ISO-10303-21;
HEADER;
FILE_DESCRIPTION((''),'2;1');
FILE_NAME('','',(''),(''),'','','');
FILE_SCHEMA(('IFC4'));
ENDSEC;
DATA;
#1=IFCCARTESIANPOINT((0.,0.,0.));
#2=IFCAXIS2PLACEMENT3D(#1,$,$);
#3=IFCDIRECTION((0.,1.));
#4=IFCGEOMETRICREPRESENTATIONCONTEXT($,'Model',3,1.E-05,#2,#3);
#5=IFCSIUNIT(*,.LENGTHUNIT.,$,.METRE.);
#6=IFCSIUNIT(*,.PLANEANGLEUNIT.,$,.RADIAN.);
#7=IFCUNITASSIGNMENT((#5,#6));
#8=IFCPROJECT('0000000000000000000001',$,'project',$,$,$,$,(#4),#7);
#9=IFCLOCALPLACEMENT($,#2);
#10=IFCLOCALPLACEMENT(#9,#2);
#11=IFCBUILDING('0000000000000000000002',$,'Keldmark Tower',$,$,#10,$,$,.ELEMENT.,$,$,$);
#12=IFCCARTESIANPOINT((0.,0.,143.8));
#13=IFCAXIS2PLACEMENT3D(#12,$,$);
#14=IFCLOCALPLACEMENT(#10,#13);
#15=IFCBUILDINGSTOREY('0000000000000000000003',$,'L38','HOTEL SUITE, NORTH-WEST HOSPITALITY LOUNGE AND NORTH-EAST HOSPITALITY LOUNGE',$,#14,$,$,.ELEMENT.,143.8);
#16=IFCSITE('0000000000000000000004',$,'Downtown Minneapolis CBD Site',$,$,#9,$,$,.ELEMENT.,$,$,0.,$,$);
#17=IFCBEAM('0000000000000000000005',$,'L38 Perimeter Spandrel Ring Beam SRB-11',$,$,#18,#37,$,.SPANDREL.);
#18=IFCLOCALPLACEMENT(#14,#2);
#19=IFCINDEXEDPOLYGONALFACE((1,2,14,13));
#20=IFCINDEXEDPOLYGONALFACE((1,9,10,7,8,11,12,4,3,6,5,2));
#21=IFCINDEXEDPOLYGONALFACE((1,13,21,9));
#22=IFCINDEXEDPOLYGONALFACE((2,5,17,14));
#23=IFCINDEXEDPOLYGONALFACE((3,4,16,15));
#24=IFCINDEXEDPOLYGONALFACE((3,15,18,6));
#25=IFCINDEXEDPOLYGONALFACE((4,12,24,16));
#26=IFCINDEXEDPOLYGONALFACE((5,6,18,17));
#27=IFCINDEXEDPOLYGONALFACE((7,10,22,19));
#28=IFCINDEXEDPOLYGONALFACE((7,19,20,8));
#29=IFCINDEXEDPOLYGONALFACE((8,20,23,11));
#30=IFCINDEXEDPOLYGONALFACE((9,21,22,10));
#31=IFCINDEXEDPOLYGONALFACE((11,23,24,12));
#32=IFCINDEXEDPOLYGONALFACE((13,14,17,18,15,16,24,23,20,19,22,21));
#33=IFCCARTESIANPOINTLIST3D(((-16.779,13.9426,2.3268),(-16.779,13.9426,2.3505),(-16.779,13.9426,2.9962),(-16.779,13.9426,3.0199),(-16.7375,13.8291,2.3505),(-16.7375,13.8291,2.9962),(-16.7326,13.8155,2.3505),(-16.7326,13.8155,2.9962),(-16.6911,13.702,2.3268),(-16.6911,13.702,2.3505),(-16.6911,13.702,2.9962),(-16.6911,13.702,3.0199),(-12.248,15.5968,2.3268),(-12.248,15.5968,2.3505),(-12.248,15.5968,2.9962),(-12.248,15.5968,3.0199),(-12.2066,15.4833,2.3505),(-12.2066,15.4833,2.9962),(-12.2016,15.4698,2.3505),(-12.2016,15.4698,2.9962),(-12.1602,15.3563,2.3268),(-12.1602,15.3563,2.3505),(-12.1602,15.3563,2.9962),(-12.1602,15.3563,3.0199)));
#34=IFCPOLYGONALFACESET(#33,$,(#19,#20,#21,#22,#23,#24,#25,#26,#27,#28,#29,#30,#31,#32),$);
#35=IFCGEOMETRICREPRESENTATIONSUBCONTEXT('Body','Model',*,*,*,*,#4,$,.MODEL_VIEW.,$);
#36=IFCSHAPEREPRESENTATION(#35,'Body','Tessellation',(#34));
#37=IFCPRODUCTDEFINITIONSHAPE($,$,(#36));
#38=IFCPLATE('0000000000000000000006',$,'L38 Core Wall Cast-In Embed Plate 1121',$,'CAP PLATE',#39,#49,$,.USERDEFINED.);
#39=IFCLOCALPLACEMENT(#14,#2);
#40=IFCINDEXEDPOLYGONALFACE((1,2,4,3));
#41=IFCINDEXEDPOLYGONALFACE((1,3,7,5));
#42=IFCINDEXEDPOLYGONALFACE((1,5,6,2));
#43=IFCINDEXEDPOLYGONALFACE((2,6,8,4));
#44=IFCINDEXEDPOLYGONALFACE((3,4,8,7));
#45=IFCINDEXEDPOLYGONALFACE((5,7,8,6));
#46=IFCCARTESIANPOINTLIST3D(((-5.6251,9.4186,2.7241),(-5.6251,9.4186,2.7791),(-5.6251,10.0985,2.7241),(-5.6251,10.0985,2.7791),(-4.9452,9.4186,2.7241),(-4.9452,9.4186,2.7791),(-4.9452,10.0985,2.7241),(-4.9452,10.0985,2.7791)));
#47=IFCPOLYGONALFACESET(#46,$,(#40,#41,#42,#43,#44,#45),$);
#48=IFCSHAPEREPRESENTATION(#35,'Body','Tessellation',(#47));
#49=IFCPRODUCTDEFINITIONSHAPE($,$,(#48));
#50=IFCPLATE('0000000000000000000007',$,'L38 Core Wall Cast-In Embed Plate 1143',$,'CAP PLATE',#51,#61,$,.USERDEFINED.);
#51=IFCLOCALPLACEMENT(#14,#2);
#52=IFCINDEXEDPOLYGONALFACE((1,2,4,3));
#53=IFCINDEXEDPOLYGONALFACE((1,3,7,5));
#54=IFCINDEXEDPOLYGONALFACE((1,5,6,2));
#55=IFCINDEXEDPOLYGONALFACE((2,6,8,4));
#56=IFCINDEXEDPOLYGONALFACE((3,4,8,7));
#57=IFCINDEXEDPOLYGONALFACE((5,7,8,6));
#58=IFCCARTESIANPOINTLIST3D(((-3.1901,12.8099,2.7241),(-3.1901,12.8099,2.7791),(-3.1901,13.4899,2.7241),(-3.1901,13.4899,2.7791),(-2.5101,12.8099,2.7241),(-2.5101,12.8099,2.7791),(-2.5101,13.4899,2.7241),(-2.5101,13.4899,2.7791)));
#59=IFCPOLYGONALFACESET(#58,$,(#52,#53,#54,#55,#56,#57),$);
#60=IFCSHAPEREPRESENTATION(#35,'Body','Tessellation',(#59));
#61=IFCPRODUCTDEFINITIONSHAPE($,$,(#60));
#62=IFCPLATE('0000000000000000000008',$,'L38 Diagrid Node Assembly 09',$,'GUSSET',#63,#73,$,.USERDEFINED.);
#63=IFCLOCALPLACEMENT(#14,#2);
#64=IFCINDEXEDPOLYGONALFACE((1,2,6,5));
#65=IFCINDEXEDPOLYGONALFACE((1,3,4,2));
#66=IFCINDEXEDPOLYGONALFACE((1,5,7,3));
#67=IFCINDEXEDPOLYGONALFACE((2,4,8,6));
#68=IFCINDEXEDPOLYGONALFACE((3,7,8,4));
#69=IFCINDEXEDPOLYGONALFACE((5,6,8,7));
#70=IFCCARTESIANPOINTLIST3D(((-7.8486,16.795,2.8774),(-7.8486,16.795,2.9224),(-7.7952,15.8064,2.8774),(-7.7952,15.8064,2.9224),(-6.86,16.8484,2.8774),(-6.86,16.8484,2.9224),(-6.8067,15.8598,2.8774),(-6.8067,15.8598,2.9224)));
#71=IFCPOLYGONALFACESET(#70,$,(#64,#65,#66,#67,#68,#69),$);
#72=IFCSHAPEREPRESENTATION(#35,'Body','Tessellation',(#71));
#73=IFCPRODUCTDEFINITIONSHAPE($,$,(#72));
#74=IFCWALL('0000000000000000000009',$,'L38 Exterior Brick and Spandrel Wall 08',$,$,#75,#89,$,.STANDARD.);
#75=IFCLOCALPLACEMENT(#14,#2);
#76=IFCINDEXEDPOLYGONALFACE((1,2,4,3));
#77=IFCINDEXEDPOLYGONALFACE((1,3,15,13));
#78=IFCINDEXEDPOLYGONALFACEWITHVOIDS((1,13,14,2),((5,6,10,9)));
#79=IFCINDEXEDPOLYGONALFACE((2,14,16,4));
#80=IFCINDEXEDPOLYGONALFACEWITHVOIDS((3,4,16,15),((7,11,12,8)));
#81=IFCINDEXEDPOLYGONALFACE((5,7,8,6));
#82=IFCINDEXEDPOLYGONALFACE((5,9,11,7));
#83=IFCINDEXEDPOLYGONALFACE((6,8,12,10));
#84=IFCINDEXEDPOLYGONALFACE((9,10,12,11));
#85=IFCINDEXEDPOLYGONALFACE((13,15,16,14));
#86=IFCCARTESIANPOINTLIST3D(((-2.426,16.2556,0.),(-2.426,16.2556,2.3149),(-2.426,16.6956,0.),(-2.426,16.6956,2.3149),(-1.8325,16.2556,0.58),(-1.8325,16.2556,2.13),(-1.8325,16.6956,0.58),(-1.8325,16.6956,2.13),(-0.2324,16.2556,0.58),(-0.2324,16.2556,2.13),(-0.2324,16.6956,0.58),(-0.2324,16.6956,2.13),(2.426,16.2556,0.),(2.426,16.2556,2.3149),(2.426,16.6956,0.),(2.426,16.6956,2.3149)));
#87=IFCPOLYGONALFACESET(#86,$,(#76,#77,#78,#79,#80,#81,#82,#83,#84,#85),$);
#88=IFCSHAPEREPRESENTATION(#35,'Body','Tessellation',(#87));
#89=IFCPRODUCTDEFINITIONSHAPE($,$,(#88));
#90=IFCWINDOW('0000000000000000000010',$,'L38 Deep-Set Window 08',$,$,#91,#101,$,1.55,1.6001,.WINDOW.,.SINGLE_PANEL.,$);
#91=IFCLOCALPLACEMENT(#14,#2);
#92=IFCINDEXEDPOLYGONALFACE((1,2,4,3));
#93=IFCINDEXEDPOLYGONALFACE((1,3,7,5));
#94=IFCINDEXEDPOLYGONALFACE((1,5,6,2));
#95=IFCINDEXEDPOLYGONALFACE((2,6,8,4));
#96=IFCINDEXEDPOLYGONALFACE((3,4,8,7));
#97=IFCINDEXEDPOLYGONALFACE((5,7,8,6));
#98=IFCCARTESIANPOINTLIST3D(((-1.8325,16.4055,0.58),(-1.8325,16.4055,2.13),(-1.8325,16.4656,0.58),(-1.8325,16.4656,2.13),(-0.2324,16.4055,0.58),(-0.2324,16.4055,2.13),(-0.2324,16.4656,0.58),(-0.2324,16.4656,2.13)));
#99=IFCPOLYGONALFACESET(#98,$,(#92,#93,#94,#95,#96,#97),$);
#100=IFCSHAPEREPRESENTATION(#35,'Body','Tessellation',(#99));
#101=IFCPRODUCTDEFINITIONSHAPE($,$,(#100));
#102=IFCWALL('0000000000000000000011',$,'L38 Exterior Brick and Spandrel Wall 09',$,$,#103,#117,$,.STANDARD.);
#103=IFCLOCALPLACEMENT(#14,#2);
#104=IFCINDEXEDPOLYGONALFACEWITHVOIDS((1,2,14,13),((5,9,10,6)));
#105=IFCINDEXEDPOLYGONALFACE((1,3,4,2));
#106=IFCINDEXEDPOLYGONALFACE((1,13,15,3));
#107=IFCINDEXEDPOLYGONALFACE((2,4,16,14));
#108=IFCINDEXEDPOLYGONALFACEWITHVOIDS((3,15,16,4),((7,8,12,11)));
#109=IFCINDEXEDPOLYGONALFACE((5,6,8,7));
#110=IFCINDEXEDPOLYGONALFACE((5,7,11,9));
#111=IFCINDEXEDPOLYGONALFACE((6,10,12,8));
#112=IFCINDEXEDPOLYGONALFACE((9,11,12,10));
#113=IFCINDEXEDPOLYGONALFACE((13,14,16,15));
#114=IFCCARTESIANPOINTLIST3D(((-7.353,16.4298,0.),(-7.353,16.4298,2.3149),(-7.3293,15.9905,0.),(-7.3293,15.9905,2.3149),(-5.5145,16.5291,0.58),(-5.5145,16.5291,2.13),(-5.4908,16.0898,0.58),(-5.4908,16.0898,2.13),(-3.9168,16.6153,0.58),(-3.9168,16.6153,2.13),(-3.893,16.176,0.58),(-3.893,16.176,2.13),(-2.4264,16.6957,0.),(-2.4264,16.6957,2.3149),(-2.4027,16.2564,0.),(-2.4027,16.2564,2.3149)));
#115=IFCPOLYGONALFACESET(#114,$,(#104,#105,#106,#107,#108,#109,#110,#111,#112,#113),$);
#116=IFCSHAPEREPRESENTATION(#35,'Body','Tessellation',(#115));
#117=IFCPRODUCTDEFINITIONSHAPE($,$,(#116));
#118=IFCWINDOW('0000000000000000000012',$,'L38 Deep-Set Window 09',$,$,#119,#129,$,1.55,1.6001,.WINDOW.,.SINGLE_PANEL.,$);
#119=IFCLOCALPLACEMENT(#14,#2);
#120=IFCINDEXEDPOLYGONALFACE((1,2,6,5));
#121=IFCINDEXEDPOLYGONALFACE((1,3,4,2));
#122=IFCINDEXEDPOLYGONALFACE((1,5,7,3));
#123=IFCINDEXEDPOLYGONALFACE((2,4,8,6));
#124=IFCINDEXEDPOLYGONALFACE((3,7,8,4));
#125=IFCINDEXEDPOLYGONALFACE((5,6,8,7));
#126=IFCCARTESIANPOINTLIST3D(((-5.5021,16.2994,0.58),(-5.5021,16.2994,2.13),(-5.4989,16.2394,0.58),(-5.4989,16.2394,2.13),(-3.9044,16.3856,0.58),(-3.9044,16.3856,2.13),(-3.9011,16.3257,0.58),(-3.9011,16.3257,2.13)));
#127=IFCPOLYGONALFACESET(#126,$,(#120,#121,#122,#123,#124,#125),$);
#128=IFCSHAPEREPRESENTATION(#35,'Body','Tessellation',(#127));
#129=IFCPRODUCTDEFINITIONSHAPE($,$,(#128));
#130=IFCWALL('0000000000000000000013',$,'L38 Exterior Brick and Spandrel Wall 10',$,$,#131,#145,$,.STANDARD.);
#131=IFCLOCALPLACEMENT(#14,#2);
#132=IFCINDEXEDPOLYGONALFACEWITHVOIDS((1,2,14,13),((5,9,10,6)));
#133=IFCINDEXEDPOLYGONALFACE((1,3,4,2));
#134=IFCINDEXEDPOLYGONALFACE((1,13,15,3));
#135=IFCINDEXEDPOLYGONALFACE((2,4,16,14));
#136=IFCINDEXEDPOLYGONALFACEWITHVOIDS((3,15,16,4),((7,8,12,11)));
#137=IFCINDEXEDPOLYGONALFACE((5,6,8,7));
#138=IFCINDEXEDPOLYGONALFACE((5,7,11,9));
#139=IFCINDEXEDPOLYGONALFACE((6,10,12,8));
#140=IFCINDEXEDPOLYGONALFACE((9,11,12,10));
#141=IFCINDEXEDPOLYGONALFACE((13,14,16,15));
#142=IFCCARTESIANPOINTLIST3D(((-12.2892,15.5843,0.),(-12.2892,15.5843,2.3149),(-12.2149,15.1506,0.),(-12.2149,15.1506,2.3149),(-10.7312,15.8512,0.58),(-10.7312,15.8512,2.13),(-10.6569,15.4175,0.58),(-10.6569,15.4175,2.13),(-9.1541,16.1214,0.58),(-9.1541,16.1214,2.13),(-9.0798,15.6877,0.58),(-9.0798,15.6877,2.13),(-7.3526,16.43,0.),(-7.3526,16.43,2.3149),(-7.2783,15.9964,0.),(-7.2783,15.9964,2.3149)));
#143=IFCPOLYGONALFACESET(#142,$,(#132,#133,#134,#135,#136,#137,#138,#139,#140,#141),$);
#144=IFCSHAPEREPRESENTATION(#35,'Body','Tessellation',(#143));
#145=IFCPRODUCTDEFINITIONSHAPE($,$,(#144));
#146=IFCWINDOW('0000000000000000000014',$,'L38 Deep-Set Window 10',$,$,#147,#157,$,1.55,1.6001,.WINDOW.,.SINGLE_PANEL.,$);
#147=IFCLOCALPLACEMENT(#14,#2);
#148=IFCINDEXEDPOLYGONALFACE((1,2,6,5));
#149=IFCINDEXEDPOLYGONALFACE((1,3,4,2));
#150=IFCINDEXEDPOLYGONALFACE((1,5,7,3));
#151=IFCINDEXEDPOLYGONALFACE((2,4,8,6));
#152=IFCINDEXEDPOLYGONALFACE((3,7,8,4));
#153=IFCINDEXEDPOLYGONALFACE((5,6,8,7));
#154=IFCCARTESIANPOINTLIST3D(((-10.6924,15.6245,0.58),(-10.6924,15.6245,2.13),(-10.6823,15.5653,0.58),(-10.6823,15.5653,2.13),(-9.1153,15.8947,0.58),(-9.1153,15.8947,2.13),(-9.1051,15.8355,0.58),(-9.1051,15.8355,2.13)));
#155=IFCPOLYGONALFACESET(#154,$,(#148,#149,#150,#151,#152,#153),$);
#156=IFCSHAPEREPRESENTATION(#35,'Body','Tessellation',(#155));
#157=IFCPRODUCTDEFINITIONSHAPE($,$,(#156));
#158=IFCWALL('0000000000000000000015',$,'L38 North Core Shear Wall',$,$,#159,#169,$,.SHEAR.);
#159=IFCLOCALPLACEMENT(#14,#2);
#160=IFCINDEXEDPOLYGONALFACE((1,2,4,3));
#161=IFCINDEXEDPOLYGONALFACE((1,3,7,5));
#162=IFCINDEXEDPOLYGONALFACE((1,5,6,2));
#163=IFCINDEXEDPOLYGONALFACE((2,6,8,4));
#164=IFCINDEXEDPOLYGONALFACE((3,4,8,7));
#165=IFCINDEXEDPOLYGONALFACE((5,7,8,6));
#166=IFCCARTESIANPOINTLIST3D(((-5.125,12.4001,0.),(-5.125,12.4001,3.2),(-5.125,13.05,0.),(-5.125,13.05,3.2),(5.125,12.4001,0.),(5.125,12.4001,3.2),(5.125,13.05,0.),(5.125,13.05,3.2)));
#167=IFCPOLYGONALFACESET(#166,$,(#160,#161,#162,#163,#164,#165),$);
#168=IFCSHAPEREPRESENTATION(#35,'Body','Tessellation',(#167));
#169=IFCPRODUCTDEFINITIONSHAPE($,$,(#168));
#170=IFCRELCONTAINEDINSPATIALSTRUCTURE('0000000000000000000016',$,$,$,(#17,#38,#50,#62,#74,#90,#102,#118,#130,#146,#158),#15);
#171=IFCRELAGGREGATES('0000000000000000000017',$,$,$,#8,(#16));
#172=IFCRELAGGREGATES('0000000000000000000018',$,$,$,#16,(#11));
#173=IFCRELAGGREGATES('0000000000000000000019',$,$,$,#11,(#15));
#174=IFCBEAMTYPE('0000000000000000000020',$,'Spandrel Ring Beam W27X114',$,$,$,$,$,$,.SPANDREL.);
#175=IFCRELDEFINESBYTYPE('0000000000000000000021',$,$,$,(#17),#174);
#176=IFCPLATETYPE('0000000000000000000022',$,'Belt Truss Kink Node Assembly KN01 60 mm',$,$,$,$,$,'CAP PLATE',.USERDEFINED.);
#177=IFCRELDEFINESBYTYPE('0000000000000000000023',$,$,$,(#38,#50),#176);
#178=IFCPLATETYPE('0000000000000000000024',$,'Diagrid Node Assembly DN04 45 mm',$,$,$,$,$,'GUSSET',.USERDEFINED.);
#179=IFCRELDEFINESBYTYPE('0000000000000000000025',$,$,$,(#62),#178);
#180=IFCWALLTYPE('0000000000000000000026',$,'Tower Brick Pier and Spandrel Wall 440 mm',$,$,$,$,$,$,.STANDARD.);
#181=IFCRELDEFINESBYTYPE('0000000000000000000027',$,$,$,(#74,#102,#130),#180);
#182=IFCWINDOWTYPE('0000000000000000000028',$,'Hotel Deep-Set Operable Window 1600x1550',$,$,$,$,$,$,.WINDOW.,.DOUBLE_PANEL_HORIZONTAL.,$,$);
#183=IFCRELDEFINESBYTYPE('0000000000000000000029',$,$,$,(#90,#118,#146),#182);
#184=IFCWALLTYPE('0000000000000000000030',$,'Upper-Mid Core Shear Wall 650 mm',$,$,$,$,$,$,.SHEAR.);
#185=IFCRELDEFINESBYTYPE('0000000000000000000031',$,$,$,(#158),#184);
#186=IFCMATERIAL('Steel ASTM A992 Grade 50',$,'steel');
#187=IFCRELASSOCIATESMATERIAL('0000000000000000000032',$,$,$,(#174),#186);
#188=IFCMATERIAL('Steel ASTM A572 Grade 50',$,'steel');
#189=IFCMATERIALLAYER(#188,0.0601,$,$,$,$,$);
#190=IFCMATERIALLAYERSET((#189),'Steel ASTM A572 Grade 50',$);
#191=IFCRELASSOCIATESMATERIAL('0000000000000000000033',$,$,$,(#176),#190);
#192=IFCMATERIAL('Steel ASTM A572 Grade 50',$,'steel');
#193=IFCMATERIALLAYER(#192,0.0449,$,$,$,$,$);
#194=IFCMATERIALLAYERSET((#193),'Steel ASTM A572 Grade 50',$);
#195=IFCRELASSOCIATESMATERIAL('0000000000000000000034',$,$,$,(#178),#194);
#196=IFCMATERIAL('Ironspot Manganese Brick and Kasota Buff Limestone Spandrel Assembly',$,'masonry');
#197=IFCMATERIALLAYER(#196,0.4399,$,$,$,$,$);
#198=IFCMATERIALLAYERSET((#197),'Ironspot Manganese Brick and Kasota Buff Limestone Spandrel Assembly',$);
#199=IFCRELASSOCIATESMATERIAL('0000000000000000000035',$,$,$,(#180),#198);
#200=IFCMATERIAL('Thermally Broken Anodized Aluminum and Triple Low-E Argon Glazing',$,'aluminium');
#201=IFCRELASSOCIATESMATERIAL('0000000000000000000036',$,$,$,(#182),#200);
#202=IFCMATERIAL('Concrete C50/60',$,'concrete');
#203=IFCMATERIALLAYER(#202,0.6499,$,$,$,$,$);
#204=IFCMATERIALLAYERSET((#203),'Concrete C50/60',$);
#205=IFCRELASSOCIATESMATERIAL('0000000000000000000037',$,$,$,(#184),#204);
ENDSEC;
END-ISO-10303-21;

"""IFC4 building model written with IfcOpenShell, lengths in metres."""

from ifc_helpers import new_model, si_unit, direction, frame, frame_2d, origin, origin_2d, place, context, subcontext, project, spatial, rectangle, i_section, extrude, material, layer, layer_set, material_profile, profile_set, type_object, element, fill, save


model = new_model("IFC4")

# Units and contexts
model_context = context("Model", 3, precision=1e-05, world=origin(), true_north=direction((0.0, 1.0)))
body_context = subcontext(model_context, "Body", "Model", "MODEL_VIEW")
ifc_project = project(units=[si_unit("LENGTHUNIT", "METRE"), si_unit("PLANEANGLEUNIT", "RADIAN")], contexts=[model_context])

# Site, building, storey
site_placement = place(None, origin())
site = spatial("IfcSite", under=ifc_project, at=site_placement, Name="Downtown Minneapolis CBD Site", CompositionType="ELEMENT", RefElevation=0.0)
building_placement = place(site_placement, origin())
building = spatial("IfcBuilding", under=site, at=building_placement, Name="Keldmark Tower", CompositionType="ELEMENT")
storey_placement = place(building_placement, frame((0.0, 0.0, 143.8)))
storey = spatial("IfcBuildingStorey", under=building, at=storey_placement, Name="L38", Description="HOTEL SUITE, NORTH-WEST HOSPITALITY LOUNGE AND NORTH-EAST HOSPITALITY LOUNGE", CompositionType="ELEMENT", Elevation=143.8)

# Beam
ifc_material_1 = material(Name="Steel ASTM A992 Grade 50", Category="steel")
ifc_material_profile_1 = material_profile(ifc_material_1, i_section(OverallWidth=0.2561, OverallDepth=0.6931, WebThickness=0.0144, FlangeThickness=0.0237, at=origin_2d()), Name="W27X114")
ifc_profile_set_1 = profile_set([ifc_material_profile_1], Name="Steel ASTM A992 Grade 50")
beam_type_1 = type_object("IfcBeamType", Name="Spandrel Ring Beam W27X114", PredefinedType="SPANDREL", material=ifc_profile_set_1)
beam_1_placement = place(storey_placement, frame((-12.2041, 15.4766, 2.6733), z_axis=(-0.939349, -0.342962, 0.0), x_axis=(0.342962, -0.939349, 0.0)))
element("IfcBeam", 1, at=beam_1_placement, inside=storey, type_object=beam_type_1, Name="L38 Perimeter Spandrel Ring Beam SRB-11", PredefinedType="SPANDREL", context=body_context, shape_type="SweptSolid", body=[
    extrude(i_section(OverallWidth=0.2561, OverallDepth=0.6931, WebThickness=0.0144, FlangeThickness=0.0237, at=origin_2d()), origin(), (0.0, 0.0, 1.0), 4.8235),
])

# Plates
ifc_material_2 = material(Name="Steel ASTM A572 Grade 50", Category="steel")
ifc_layer_1 = layer(ifc_material_2, 0.0601)
ifc_layer_set_1 = layer_set([ifc_layer_1], Name="Steel ASTM A572 Grade 50")
plate_type_1 = type_object("IfcPlateType", Name="Belt Truss Kink Node Assembly KN01 60 mm", ElementType="CAP PLATE", PredefinedType="USERDEFINED", material=ifc_layer_set_1)
for number, where, z_axis, x_axis, name in (
    (2, (-5.2852, 9.7585, 2.7241), (0.0, 0.0, 1.0), (1.0, 0.0, 0.0), "L38 Core Wall Cast-In Embed Plate 1121"),
    (3, (-2.8501, 13.1499, 2.7241), (0.0, 0.0, 1.0), (1.0, 0.0, 0.0), "L38 Core Wall Cast-In Embed Plate 1143"),
):
    element("IfcPlate", number, at=place(storey_placement, frame(where, z_axis=z_axis, x_axis=x_axis)), inside=storey, type_object=plate_type_1, Name=name, ObjectType="CAP PLATE", PredefinedType="USERDEFINED", context=body_context, shape_type="SweptSolid", body=[
        extrude(rectangle(XDim=0.6799, YDim=0.6799, at=origin_2d()), origin(), (0.0, 0.0, 1.0), 0.0549),
    ])
ifc_material_3 = material(Name="Steel ASTM A572 Grade 50", Category="steel")
ifc_layer_2 = layer(ifc_material_3, 0.0449)
ifc_layer_set_2 = layer_set([ifc_layer_2], Name="Steel ASTM A572 Grade 50")
plate_type_2 = type_object("IfcPlateType", Name="Diagrid Node Assembly DN04 45 mm", ElementType="GUSSET", PredefinedType="USERDEFINED", material=ifc_layer_set_2)
plate_placement = place(storey_placement, frame((-7.3276, 16.3274, 2.8774), z_axis=(0.0, 0.0, 1.0), x_axis=(-0.998546, -0.053905, 0.0)))
element("IfcPlate", 4, at=plate_placement, inside=storey, type_object=plate_type_2, Name="L38 Diagrid Node Assembly 09", ObjectType="GUSSET", PredefinedType="USERDEFINED", context=body_context, shape_type="SweptSolid", body=[
    extrude(rectangle(XDim=0.99, YDim=0.99, at=origin_2d()), origin(), (0.0, 0.0, 1.0), 0.0449),
])

# Walls, openings, windows
ifc_material_4 = material(Name="Ironspot Manganese Brick and Kasota Buff Limestone Spandrel Assembly", Category="masonry")
ifc_layer_3 = layer(ifc_material_4, 0.4399)
ifc_layer_set_3 = layer_set([ifc_layer_3], Name="Ironspot Manganese Brick and Kasota Buff Limestone Spandrel Assembly")
wall_type_1 = type_object("IfcWallType", Name="Tower Brick Pier and Spandrel Wall 440 mm", PredefinedType="STANDARD", material=ifc_layer_set_3)
wall_1_placement = place(storey_placement, frame((-2.426, 16.4756, 0.0), z_axis=(0.0, 0.0, 1.0), x_axis=(1.0, 0.0, 0.0)))
wall_1 = element("IfcWall", 5, at=wall_1_placement, inside=storey, type_object=wall_type_1, Name="L38 Exterior Brick and Spandrel Wall 08", PredefinedType="STANDARD", context=body_context, shape_type="SweptSolid", body=[
    extrude(rectangle(XDim=4.8521, YDim=0.4399, at=frame_2d((2.426, 0.0))), origin(), (0.0, 0.0, 1.0), 2.3149),
])
opening_1_placement = place(wall_1_placement, frame((0.5935, 0.0, 0.5801)))
opening_1 = element("IfcOpeningElement", 6, at=opening_1_placement, cuts=wall_1, PredefinedType="OPENING", context=body_context, shape_type="SweptSolid", body=[
    extrude(rectangle(XDim=1.6001, YDim=1.55, at=frame_2d((0.8, 0.7749))), frame((0.0, 0.23, 0.0), z_axis=(0.0, -1.0, 0.0), x_axis=(1.0, 0.0, 0.0)), (0.0, 0.0, 1.0), 0.46),
])
ifc_material_5 = material(Name="Thermally Broken Anodized Aluminum and Triple Low-E Argon Glazing", Category="aluminium")
window_type = type_object("IfcWindowType", Name="Hotel Deep-Set Operable Window 1600x1550", PartitioningType="DOUBLE_PANEL_HORIZONTAL", PredefinedType="WINDOW", material=ifc_material_5)
window_1_placement = place(opening_1_placement, origin())
window_1 = element("IfcWindow", 7, at=window_1_placement, inside=storey, type_object=window_type, Name="L38 Deep-Set Window 08", OverallHeight=1.55, OverallWidth=1.6001, PartitioningType="SINGLE_PANEL", PredefinedType="WINDOW", context=body_context, shape_type="SweptSolid", body=[
    extrude(rectangle(XDim=1.6001, YDim=1.55, at=frame_2d((0.8, 0.7749))), frame((0.0, -0.01, 0.0), z_axis=(0.0, -1.0, 0.0), x_axis=(1.0, 0.0, 0.0)), (0.0, 0.0, 1.0), 0.0601),
])
fill(opening_1, window_1)
wall_2_placement = place(storey_placement, frame((-7.3411, 16.2102, 0.0), z_axis=(0.0, 0.0, 1.0), x_axis=(0.998547, 0.053886, 0.0)))
wall_2 = element("IfcWall", 8, at=wall_2_placement, inside=storey, type_object=wall_type_1, Name="L38 Exterior Brick and Spandrel Wall 09", PredefinedType="STANDARD", context=body_context, shape_type="SweptSolid", body=[
    extrude(rectangle(XDim=4.9338, YDim=0.4399, at=frame_2d((2.4668, 0.0))), origin(), (0.0, 0.0, 1.0), 2.3149),
])
opening_2_placement = place(wall_2_placement, frame((1.8411, 0.0, 0.5801)))
opening_2 = element("IfcOpeningElement", 9, at=opening_2_placement, cuts=wall_2, PredefinedType="OPENING", context=body_context, shape_type="SweptSolid", body=[
    extrude(rectangle(XDim=1.6001, YDim=1.55, at=frame_2d((0.8, 0.7749))), frame((0.0, 0.23, 0.0), z_axis=(0.0, -1.0, 0.0), x_axis=(1.0, 0.0, 0.0)), (0.0, 0.0, 1.0), 0.46),
])
window_2_placement = place(opening_2_placement, origin())
window_2 = element("IfcWindow", 10, at=window_2_placement, inside=storey, type_object=window_type, Name="L38 Deep-Set Window 09", OverallHeight=1.55, OverallWidth=1.6001, PartitioningType="SINGLE_PANEL", PredefinedType="WINDOW", context=body_context, shape_type="SweptSolid", body=[
    extrude(rectangle(XDim=1.6001, YDim=1.55, at=frame_2d((0.8, 0.7749))), frame((0.0, -0.01, 0.0), z_axis=(0.0, -1.0, 0.0), x_axis=(1.0, 0.0, 0.0)), (0.0, 0.0, 1.0), 0.0601),
])
fill(opening_2, window_2)
wall_3_placement = place(storey_placement, frame((-12.2522, 15.3674, 0.0), z_axis=(0.0, 0.0, 1.0), x_axis=(0.985641, 0.168856, 0.0)))
wall_3 = element("IfcWall", 11, at=wall_3_placement, inside=storey, type_object=wall_type_1, Name="L38 Exterior Brick and Spandrel Wall 10", PredefinedType="STANDARD", context=body_context, shape_type="SweptSolid", body=[
    extrude(rectangle(XDim=5.0085, YDim=0.4399, at=frame_2d((2.5044, 0.0))), origin(), (0.0, 0.0, 1.0), 2.3149),
])
opening_3_placement = place(wall_3_placement, frame((1.5808, 0.0, 0.5801)))
opening_3 = element("IfcOpeningElement", 12, at=opening_3_placement, cuts=wall_3, PredefinedType="OPENING", context=body_context, shape_type="SweptSolid", body=[
    extrude(rectangle(XDim=1.6001, YDim=1.55, at=frame_2d((0.8, 0.7749))), frame((0.0, 0.23, 0.0), z_axis=(0.0, -1.0, 0.0), x_axis=(1.0, 0.0, 0.0)), (0.0, 0.0, 1.0), 0.46),
])
window_3_placement = place(opening_3_placement, origin())
window_3 = element("IfcWindow", 13, at=window_3_placement, inside=storey, type_object=window_type, Name="L38 Deep-Set Window 10", OverallHeight=1.55, OverallWidth=1.6001, PartitioningType="SINGLE_PANEL", PredefinedType="WINDOW", context=body_context, shape_type="SweptSolid", body=[
    extrude(rectangle(XDim=1.6001, YDim=1.55, at=frame_2d((0.8, 0.7749))), frame((0.0, -0.01, 0.0), z_axis=(0.0, -1.0, 0.0), x_axis=(1.0, 0.0, 0.0)), (0.0, 0.0, 1.0), 0.0601),
])
fill(opening_3, window_3)

# Wall
ifc_material_6 = material(Name="Concrete C50/60", Category="concrete")
ifc_layer_4 = layer(ifc_material_6, 0.6499)
ifc_layer_set_4 = layer_set([ifc_layer_4], Name="Concrete C50/60")
wall_type_2 = type_object("IfcWallType", Name="Upper-Mid Core Shear Wall 650 mm", PredefinedType="SHEAR", material=ifc_layer_set_4)
wall_4_placement = place(storey_placement, frame((-5.125, 12.7251, 0.0), z_axis=(0.0, 0.0, 1.0), x_axis=(1.0, 0.0, 0.0)))
element("IfcWall", 14, at=wall_4_placement, inside=storey, type_object=wall_type_2, Name="L38 North Core Shear Wall", PredefinedType="SHEAR", context=body_context, shape_type="SweptSolid", body=[
    extrude(rectangle(XDim=10.25, YDim=0.6499, at=frame_2d((5.125, 0.0))), origin(), (0.0, 0.0, 1.0), 3.2),
])

save(model, "model.ifc")
